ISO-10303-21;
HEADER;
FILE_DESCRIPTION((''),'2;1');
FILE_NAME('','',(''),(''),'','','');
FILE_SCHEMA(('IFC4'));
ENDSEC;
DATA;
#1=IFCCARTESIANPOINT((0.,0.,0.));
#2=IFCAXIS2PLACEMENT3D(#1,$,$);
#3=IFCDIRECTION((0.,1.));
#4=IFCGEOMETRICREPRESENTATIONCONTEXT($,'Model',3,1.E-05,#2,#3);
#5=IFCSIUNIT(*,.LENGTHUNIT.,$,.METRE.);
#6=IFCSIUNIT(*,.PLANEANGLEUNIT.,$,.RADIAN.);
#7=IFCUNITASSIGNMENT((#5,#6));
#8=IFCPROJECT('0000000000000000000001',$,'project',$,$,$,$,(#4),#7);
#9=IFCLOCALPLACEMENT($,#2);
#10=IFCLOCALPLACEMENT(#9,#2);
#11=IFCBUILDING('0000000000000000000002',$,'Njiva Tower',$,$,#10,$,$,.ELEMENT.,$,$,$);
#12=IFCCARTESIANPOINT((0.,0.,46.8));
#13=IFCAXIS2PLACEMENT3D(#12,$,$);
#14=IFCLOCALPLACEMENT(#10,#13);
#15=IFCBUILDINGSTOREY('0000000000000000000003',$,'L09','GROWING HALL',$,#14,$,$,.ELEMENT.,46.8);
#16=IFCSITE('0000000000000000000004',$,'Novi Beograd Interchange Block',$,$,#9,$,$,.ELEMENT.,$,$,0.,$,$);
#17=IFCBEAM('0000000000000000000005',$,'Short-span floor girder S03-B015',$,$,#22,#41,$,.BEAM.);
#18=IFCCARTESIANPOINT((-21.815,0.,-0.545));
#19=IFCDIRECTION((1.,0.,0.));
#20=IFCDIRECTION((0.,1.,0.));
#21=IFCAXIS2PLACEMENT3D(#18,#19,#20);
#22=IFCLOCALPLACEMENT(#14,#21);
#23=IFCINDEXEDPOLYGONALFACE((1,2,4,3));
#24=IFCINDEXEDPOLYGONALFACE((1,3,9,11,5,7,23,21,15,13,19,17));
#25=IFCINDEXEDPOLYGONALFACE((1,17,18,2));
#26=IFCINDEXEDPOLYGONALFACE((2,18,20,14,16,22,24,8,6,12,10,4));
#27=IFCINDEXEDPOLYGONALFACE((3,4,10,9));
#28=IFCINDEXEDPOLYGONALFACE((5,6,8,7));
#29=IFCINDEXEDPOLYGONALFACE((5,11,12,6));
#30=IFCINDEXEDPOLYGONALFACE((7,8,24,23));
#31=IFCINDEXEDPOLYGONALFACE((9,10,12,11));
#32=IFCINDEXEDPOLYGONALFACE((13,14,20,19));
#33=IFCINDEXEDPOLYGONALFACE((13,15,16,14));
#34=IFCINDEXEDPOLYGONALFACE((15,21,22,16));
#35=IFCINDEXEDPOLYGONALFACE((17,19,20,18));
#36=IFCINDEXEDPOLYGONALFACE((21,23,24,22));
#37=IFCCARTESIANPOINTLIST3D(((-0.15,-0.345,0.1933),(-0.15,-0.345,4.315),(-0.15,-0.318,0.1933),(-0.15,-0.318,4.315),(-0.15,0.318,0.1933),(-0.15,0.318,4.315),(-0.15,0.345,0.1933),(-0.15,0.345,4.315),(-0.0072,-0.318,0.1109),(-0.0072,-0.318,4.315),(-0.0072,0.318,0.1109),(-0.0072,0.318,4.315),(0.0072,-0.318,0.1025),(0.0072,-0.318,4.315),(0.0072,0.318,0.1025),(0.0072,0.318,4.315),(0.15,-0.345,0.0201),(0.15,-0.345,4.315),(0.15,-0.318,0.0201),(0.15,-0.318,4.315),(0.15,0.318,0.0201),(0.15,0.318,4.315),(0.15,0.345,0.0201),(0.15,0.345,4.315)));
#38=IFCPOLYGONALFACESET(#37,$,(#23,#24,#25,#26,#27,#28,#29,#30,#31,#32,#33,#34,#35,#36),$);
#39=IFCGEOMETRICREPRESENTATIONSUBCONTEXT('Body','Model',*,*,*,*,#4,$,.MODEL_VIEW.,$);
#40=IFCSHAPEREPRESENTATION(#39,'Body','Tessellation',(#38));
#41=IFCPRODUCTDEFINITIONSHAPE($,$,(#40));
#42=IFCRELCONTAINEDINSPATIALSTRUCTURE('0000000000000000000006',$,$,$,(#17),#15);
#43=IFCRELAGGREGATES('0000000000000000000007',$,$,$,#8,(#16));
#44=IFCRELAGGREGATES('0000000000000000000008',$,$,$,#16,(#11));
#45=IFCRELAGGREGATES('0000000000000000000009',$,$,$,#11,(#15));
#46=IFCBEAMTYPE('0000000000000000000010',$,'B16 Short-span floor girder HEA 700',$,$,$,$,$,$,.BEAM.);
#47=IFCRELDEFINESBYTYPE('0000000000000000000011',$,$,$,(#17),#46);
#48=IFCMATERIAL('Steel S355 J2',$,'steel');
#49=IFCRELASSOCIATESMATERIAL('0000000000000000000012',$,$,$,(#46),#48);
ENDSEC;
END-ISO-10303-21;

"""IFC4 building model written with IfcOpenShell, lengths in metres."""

from ifc_helpers import new_model, si_unit, direction, frame, origin, origin_2d, place, context, subcontext, project, spatial, i_section, extrude, clip, halfspace, material, material_profile, profile_set, type_object, element, save


model = new_model("IFC4")

# Units and contexts
model_context = context("Model", 3, precision=1e-05, world=origin(), true_north=direction((0.0, 1.0)))
body_context = subcontext(model_context, "Body", "Model", "MODEL_VIEW")
ifc_project = project(units=[si_unit("LENGTHUNIT", "METRE"), si_unit("PLANEANGLEUNIT", "RADIAN")], contexts=[model_context])

# Site, building, storey
site_placement = place(None, origin())
site = spatial("IfcSite", under=ifc_project, at=site_placement, Name="Novi Beograd Interchange Block", CompositionType="ELEMENT", RefElevation=0.0)
building_placement = place(site_placement, origin())
building = spatial("IfcBuilding", under=site, at=building_placement, Name="Njiva Tower", CompositionType="ELEMENT")
storey_placement = place(building_placement, frame((0.0, 0.0, 46.8)))
storey = spatial("IfcBuildingStorey", under=building, at=storey_placement, Name="L09", Description="GROWING HALL", CompositionType="ELEMENT", Elevation=46.8)

# Shared definitions
ifc_material_1 = material(Name="Steel S355 J2", Category="steel")

# Beam
ifc_material_profile_1 = material_profile(ifc_material_1, i_section(OverallWidth=0.3, OverallDepth=0.69, WebThickness=0.0145, FlangeThickness=0.027, at=origin_2d()), Name="HEA 700")
ifc_profile_set_1 = profile_set([ifc_material_profile_1], Name="Steel S355 J2")
beam_type_1 = type_object("IfcBeamType", Name="B16 Short-span floor girder HEA 700", PredefinedType="BEAM", material=ifc_profile_set_1)
beam_1_placement = place(storey_placement, frame((-21.815, 0.0, -0.545), z_axis=(1.0, 0.0, 0.0), x_axis=(0.0, 1.0, 0.0)))
element("IfcBeam", 1, at=beam_1_placement, inside=storey, type_object=beam_type_1, Name="Short-span floor girder S03-B015", PredefinedType="BEAM", context=body_context, shape_type="Clipping", body=[
    clip(extrude(i_section(OverallWidth=0.3, OverallDepth=0.69, WebThickness=0.0145, FlangeThickness=0.027, at=origin_2d()), origin(), (0.0, 0.0, 1.0), 4.315), halfspace(frame((-0.025, 0.0, 0.1211), z_axis=(-0.499998, 0.0, -0.866027), x_axis=(0.0, -1.0, 0.0)), False)),
])

save(model, "model.ifc")
